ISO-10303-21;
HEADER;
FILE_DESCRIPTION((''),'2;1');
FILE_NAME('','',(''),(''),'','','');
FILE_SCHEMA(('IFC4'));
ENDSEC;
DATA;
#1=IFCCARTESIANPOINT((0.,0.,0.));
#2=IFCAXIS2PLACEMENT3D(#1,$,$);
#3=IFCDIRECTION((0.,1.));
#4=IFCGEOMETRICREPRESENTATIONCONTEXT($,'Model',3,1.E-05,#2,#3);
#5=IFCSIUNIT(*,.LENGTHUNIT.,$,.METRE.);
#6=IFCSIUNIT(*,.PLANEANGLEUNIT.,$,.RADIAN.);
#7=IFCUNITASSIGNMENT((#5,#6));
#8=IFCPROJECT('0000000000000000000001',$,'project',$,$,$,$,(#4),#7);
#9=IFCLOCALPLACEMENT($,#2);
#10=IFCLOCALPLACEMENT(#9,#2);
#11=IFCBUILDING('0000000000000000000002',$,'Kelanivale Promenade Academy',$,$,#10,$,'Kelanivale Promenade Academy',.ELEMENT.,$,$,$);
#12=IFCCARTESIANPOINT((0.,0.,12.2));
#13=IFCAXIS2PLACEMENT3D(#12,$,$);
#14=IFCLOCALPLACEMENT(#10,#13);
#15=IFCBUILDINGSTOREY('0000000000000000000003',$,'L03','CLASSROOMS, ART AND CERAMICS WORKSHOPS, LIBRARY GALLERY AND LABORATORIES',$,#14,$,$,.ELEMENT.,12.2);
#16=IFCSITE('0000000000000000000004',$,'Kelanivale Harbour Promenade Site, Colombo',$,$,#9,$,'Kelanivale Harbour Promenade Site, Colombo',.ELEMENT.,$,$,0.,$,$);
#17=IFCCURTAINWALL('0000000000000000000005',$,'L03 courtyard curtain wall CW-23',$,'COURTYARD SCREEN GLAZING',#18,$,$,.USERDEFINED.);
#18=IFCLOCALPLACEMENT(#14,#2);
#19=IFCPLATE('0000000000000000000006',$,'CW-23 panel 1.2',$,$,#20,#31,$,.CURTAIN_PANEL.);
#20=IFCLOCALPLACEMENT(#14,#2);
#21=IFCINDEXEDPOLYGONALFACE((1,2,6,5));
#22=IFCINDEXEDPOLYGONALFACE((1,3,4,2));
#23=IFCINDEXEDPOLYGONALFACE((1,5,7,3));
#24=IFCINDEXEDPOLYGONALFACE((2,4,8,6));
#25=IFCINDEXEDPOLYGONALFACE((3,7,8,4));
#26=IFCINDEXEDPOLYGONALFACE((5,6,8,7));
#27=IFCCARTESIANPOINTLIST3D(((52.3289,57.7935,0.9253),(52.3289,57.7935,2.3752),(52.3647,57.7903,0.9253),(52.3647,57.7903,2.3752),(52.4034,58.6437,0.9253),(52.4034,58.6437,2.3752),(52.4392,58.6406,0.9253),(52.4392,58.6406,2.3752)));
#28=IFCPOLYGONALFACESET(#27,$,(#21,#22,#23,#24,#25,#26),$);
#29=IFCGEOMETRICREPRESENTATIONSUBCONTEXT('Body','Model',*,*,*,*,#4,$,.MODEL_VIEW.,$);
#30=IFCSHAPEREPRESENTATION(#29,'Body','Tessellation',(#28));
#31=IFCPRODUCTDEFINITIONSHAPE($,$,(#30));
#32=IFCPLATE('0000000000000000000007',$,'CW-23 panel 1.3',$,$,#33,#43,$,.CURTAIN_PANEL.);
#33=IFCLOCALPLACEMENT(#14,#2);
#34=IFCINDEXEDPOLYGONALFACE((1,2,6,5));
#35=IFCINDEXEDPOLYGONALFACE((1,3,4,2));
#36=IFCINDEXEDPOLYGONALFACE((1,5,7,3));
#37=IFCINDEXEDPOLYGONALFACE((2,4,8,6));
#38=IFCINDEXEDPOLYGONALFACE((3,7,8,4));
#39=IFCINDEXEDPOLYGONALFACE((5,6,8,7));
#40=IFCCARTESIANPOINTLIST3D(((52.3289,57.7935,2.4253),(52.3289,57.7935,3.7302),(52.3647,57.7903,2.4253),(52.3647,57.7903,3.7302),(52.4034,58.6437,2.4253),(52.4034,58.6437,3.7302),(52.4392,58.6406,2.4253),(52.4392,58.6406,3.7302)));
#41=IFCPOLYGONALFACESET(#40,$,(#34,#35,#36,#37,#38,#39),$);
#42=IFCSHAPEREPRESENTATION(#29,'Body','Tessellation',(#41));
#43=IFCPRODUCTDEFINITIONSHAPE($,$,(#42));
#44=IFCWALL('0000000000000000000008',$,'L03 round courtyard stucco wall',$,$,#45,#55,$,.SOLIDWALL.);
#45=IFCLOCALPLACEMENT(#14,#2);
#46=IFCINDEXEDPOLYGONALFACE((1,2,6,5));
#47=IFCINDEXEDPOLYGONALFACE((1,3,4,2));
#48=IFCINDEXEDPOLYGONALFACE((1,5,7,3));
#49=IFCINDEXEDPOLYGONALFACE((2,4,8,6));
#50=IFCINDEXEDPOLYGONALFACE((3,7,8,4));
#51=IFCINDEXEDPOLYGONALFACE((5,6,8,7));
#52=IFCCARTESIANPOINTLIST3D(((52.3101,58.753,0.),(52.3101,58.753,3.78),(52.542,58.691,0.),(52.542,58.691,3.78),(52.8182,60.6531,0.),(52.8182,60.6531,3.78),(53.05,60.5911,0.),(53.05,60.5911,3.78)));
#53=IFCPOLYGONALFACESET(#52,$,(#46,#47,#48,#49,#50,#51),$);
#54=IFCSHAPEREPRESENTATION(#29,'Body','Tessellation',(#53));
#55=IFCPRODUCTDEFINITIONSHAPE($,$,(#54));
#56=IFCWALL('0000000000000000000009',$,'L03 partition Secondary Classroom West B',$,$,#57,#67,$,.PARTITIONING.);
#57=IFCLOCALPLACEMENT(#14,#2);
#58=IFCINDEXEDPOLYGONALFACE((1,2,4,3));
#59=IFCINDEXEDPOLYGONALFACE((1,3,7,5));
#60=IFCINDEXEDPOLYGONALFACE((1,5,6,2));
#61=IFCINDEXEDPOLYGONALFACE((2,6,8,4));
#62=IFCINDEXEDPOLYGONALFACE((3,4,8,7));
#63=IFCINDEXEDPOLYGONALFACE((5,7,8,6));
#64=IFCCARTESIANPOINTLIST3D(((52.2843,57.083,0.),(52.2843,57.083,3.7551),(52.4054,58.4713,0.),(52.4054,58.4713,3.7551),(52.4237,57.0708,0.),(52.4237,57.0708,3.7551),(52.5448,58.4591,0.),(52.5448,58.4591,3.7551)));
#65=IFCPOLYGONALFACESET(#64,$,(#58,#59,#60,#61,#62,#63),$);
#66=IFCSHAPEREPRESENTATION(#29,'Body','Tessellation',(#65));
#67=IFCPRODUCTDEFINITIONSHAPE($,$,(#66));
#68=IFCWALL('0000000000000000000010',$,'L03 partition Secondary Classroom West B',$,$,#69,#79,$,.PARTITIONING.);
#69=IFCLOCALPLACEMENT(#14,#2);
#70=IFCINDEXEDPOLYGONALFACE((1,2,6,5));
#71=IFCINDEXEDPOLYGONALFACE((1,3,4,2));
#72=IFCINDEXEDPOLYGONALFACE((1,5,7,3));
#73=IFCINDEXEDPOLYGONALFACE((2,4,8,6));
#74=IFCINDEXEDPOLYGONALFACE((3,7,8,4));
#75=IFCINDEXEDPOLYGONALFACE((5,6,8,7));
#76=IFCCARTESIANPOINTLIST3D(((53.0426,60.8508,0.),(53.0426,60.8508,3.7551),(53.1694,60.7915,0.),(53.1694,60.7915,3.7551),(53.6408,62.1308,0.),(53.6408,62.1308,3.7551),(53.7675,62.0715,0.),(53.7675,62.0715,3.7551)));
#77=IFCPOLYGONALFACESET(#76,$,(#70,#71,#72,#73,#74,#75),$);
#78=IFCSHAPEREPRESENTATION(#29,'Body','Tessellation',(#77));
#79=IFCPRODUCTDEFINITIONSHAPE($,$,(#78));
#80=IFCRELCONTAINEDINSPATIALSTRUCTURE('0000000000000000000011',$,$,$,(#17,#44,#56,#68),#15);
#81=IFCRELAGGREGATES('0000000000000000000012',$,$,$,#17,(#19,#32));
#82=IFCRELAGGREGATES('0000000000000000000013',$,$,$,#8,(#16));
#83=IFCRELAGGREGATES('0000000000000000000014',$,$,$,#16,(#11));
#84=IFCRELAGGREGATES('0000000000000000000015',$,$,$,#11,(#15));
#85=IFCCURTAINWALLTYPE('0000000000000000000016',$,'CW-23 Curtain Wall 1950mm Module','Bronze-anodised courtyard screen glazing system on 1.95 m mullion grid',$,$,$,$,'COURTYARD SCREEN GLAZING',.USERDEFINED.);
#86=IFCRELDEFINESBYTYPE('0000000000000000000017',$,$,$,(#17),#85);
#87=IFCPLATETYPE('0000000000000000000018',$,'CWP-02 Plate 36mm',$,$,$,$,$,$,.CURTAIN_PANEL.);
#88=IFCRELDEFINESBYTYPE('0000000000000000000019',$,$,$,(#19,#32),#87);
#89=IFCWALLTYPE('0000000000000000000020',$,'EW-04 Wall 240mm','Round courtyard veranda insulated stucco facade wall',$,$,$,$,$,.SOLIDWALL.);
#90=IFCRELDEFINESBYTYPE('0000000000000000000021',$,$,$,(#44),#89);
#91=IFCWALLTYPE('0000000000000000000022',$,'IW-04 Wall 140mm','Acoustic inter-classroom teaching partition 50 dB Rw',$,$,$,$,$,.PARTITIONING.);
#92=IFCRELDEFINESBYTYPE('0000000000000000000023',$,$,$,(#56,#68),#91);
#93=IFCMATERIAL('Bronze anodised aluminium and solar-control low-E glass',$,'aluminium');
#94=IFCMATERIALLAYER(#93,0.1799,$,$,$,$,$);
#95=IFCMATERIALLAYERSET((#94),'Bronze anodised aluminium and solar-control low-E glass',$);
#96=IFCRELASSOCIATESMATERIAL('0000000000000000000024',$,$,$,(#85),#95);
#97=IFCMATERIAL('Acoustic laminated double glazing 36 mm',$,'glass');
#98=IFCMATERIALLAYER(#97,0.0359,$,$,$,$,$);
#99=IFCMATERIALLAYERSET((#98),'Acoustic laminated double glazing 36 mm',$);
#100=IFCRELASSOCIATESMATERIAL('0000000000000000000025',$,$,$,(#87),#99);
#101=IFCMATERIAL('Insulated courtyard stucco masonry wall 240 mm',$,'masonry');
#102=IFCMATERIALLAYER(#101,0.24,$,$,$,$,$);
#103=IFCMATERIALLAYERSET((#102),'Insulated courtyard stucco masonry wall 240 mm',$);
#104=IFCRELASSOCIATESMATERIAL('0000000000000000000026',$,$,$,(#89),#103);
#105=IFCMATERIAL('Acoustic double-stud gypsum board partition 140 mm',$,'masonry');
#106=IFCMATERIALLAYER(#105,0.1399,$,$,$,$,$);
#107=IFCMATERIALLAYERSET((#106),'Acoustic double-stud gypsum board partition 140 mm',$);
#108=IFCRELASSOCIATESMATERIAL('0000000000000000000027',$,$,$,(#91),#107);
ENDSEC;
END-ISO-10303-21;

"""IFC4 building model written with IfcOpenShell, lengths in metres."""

from ifc_helpers import new_model, si_unit, direction, frame, frame_2d, origin, origin_2d, place, context, subcontext, project, spatial, rectangle, extrude, material, layer, layer_set, type_object, element, aggregate, save


model = new_model("IFC4")

# Units and contexts
model_context = context("Model", 3, precision=1e-05, world=origin(), true_north=direction((0.0, 1.0)))
body_context = subcontext(model_context, "Body", "Model", "MODEL_VIEW")
ifc_project = project(units=[si_unit("LENGTHUNIT", "METRE"), si_unit("PLANEANGLEUNIT", "RADIAN")], contexts=[model_context])

# Site, building, storey
site_placement = place(None, origin())
site = spatial("IfcSite", under=ifc_project, at=site_placement, Name="Kelanivale Harbour Promenade Site, Colombo", LongName="Kelanivale Harbour Promenade Site, Colombo", CompositionType="ELEMENT", RefElevation=0.0)
building_placement = place(site_placement, origin())
building = spatial("IfcBuilding", under=site, at=building_placement, Name="Kelanivale Promenade Academy", LongName="Kelanivale Promenade Academy", CompositionType="ELEMENT")
storey_placement = place(building_placement, frame((0.0, 0.0, 12.2)))
storey = spatial("IfcBuildingStorey", under=building, at=storey_placement, Name="L03", Description="CLASSROOMS, ART AND CERAMICS WORKSHOPS, LIBRARY GALLERY AND LABORATORIES", CompositionType="ELEMENT", Elevation=12.2)

# Shared definitions
ifc_material_1 = material(Name="Bronze anodised aluminium and solar-control low-E glass", Category="aluminium")

# Curtain wall
ifc_layer_1 = layer(ifc_material_1, 0.1799)
ifc_layer_set_1 = layer_set([ifc_layer_1], Name="Bronze anodised aluminium and solar-control low-E glass")
curtain_wall_type_1 = type_object("IfcCurtainWallType", Name="CW-23 Curtain Wall 1950mm Module", Description="Bronze-anodised courtyard screen glazing system on 1.95 m mullion grid", ElementType="COURTYARD SCREEN GLAZING", PredefinedType="USERDEFINED", material=ifc_layer_set_1)
curtain_wall_1_placement = place(storey_placement, origin())
curtain_wall_1 = element("IfcCurtainWall", 1, at=curtain_wall_1_placement, inside=storey, type_object=curtain_wall_type_1, Name="L03 courtyard curtain wall CW-23", ObjectType="COURTYARD SCREEN GLAZING", PredefinedType="USERDEFINED")

# Plates
ifc_material_2 = material(Name="Acoustic laminated double glazing 36 mm", Category="glass")
ifc_layer_2 = layer(ifc_material_2, 0.0359)
ifc_layer_set_2 = layer_set([ifc_layer_2], Name="Acoustic laminated double glazing 36 mm")
plate_type_1 = type_object("IfcPlateType", Name="CWP-02 Plate 36mm", PredefinedType="CURTAIN_PANEL", material=ifc_layer_set_2)
plate_1_placement = place(storey_placement, frame((52.384, 58.217, 0.9253), z_axis=(0.0, 0.0, 1.0), x_axis=(-0.087265, -0.996185, 0.0)))
plate_1 = element("IfcPlate", 2, at=plate_1_placement, type_object=plate_type_1, Name="CW-23 panel 1.2", PredefinedType="CURTAIN_PANEL", context=body_context, shape_type="SweptSolid", body=[
    extrude(rectangle(XDim=0.8535, YDim=0.0359, at=origin_2d()), origin(), (0.0, 0.0, 1.0), 1.45),
])
plate_2_placement = place(storey_placement, frame((52.384, 58.217, 2.4253), z_axis=(0.0, 0.0, 1.0), x_axis=(-0.087265, -0.996185, 0.0)))
plate_2 = element("IfcPlate", 3, at=plate_2_placement, type_object=plate_type_1, Name="CW-23 panel 1.3", PredefinedType="CURTAIN_PANEL", context=body_context, shape_type="SweptSolid", body=[
    extrude(rectangle(XDim=0.8535, YDim=0.0359, at=origin_2d()), origin(), (0.0, 0.0, 1.0), 1.3049),
])
aggregate(curtain_wall_1, [plate_1, plate_2])

# Walls
ifc_material_3 = material(Name="Insulated courtyard stucco masonry wall 240 mm", Category="masonry")
ifc_layer_3 = layer(ifc_material_3, 0.24)
ifc_layer_set_3 = layer_set([ifc_layer_3], Name="Insulated courtyard stucco masonry wall 240 mm")
wall_type_1 = type_object("IfcWallType", Name="EW-04 Wall 240mm", Description="Round courtyard veranda insulated stucco facade wall", PredefinedType="SOLIDWALL", material=ifc_layer_set_3)
wall_1_placement = place(storey_placement, frame((52.9341, 60.6221, 0.0), z_axis=(0.0, 0.0, 1.0), x_axis=(-0.258304, -0.966064, 0.0)))
element("IfcWall", 4, at=wall_1_placement, inside=storey, type_object=wall_type_1, Name="L03 round courtyard stucco wall", PredefinedType="SOLIDWALL", context=body_context, shape_type="SweptSolid", body=[
    extrude(rectangle(XDim=1.9668, YDim=0.24, at=frame_2d((0.9834, 0.0))), origin(), (0.0, 0.0, 1.0), 3.78),
])
ifc_material_4 = material(Name="Acoustic double-stud gypsum board partition 140 mm", Category="masonry")
ifc_layer_4 = layer(ifc_material_4, 0.1399)
ifc_layer_set_4 = layer_set([ifc_layer_4], Name="Acoustic double-stud gypsum board partition 140 mm")
wall_type_2 = type_object("IfcWallType", Name="IW-04 Wall 140mm", Description="Acoustic inter-classroom teaching partition 50 dB Rw", PredefinedType="PARTITIONING", material=ifc_layer_set_4)
wall_2_placement = place(storey_placement, frame((52.354, 57.0769, 0.0), z_axis=(0.0, 0.0, 1.0), x_axis=(0.086902, 0.996217, 0.0)))
element("IfcWall", 5, at=wall_2_placement, inside=storey, type_object=wall_type_2, Name="L03 partition Secondary Classroom West B", PredefinedType="PARTITIONING", context=body_context, shape_type="SweptSolid", body=[
    extrude(rectangle(XDim=1.3936, YDim=0.1399, at=frame_2d((0.6968, 0.0))), origin(), (0.0, 0.0, 1.0), 3.7551),
])
wall_3_placement = place(storey_placement, frame((53.106, 60.821, 0.0), z_axis=(0.0, 0.0, 1.0), x_axis=(0.423349, 0.905967, 0.0)))
element("IfcWall", 6, at=wall_3_placement, inside=storey, type_object=wall_type_2, Name="L03 partition Secondary Classroom West B", PredefinedType="PARTITIONING", context=body_context, shape_type="SweptSolid", body=[
    extrude(rectangle(XDim=1.4128, YDim=0.1399, at=frame_2d((0.7065, 0.0))), origin(), (0.0, 0.0, 1.0), 3.7551),
])

save(model, "model.ifc")
